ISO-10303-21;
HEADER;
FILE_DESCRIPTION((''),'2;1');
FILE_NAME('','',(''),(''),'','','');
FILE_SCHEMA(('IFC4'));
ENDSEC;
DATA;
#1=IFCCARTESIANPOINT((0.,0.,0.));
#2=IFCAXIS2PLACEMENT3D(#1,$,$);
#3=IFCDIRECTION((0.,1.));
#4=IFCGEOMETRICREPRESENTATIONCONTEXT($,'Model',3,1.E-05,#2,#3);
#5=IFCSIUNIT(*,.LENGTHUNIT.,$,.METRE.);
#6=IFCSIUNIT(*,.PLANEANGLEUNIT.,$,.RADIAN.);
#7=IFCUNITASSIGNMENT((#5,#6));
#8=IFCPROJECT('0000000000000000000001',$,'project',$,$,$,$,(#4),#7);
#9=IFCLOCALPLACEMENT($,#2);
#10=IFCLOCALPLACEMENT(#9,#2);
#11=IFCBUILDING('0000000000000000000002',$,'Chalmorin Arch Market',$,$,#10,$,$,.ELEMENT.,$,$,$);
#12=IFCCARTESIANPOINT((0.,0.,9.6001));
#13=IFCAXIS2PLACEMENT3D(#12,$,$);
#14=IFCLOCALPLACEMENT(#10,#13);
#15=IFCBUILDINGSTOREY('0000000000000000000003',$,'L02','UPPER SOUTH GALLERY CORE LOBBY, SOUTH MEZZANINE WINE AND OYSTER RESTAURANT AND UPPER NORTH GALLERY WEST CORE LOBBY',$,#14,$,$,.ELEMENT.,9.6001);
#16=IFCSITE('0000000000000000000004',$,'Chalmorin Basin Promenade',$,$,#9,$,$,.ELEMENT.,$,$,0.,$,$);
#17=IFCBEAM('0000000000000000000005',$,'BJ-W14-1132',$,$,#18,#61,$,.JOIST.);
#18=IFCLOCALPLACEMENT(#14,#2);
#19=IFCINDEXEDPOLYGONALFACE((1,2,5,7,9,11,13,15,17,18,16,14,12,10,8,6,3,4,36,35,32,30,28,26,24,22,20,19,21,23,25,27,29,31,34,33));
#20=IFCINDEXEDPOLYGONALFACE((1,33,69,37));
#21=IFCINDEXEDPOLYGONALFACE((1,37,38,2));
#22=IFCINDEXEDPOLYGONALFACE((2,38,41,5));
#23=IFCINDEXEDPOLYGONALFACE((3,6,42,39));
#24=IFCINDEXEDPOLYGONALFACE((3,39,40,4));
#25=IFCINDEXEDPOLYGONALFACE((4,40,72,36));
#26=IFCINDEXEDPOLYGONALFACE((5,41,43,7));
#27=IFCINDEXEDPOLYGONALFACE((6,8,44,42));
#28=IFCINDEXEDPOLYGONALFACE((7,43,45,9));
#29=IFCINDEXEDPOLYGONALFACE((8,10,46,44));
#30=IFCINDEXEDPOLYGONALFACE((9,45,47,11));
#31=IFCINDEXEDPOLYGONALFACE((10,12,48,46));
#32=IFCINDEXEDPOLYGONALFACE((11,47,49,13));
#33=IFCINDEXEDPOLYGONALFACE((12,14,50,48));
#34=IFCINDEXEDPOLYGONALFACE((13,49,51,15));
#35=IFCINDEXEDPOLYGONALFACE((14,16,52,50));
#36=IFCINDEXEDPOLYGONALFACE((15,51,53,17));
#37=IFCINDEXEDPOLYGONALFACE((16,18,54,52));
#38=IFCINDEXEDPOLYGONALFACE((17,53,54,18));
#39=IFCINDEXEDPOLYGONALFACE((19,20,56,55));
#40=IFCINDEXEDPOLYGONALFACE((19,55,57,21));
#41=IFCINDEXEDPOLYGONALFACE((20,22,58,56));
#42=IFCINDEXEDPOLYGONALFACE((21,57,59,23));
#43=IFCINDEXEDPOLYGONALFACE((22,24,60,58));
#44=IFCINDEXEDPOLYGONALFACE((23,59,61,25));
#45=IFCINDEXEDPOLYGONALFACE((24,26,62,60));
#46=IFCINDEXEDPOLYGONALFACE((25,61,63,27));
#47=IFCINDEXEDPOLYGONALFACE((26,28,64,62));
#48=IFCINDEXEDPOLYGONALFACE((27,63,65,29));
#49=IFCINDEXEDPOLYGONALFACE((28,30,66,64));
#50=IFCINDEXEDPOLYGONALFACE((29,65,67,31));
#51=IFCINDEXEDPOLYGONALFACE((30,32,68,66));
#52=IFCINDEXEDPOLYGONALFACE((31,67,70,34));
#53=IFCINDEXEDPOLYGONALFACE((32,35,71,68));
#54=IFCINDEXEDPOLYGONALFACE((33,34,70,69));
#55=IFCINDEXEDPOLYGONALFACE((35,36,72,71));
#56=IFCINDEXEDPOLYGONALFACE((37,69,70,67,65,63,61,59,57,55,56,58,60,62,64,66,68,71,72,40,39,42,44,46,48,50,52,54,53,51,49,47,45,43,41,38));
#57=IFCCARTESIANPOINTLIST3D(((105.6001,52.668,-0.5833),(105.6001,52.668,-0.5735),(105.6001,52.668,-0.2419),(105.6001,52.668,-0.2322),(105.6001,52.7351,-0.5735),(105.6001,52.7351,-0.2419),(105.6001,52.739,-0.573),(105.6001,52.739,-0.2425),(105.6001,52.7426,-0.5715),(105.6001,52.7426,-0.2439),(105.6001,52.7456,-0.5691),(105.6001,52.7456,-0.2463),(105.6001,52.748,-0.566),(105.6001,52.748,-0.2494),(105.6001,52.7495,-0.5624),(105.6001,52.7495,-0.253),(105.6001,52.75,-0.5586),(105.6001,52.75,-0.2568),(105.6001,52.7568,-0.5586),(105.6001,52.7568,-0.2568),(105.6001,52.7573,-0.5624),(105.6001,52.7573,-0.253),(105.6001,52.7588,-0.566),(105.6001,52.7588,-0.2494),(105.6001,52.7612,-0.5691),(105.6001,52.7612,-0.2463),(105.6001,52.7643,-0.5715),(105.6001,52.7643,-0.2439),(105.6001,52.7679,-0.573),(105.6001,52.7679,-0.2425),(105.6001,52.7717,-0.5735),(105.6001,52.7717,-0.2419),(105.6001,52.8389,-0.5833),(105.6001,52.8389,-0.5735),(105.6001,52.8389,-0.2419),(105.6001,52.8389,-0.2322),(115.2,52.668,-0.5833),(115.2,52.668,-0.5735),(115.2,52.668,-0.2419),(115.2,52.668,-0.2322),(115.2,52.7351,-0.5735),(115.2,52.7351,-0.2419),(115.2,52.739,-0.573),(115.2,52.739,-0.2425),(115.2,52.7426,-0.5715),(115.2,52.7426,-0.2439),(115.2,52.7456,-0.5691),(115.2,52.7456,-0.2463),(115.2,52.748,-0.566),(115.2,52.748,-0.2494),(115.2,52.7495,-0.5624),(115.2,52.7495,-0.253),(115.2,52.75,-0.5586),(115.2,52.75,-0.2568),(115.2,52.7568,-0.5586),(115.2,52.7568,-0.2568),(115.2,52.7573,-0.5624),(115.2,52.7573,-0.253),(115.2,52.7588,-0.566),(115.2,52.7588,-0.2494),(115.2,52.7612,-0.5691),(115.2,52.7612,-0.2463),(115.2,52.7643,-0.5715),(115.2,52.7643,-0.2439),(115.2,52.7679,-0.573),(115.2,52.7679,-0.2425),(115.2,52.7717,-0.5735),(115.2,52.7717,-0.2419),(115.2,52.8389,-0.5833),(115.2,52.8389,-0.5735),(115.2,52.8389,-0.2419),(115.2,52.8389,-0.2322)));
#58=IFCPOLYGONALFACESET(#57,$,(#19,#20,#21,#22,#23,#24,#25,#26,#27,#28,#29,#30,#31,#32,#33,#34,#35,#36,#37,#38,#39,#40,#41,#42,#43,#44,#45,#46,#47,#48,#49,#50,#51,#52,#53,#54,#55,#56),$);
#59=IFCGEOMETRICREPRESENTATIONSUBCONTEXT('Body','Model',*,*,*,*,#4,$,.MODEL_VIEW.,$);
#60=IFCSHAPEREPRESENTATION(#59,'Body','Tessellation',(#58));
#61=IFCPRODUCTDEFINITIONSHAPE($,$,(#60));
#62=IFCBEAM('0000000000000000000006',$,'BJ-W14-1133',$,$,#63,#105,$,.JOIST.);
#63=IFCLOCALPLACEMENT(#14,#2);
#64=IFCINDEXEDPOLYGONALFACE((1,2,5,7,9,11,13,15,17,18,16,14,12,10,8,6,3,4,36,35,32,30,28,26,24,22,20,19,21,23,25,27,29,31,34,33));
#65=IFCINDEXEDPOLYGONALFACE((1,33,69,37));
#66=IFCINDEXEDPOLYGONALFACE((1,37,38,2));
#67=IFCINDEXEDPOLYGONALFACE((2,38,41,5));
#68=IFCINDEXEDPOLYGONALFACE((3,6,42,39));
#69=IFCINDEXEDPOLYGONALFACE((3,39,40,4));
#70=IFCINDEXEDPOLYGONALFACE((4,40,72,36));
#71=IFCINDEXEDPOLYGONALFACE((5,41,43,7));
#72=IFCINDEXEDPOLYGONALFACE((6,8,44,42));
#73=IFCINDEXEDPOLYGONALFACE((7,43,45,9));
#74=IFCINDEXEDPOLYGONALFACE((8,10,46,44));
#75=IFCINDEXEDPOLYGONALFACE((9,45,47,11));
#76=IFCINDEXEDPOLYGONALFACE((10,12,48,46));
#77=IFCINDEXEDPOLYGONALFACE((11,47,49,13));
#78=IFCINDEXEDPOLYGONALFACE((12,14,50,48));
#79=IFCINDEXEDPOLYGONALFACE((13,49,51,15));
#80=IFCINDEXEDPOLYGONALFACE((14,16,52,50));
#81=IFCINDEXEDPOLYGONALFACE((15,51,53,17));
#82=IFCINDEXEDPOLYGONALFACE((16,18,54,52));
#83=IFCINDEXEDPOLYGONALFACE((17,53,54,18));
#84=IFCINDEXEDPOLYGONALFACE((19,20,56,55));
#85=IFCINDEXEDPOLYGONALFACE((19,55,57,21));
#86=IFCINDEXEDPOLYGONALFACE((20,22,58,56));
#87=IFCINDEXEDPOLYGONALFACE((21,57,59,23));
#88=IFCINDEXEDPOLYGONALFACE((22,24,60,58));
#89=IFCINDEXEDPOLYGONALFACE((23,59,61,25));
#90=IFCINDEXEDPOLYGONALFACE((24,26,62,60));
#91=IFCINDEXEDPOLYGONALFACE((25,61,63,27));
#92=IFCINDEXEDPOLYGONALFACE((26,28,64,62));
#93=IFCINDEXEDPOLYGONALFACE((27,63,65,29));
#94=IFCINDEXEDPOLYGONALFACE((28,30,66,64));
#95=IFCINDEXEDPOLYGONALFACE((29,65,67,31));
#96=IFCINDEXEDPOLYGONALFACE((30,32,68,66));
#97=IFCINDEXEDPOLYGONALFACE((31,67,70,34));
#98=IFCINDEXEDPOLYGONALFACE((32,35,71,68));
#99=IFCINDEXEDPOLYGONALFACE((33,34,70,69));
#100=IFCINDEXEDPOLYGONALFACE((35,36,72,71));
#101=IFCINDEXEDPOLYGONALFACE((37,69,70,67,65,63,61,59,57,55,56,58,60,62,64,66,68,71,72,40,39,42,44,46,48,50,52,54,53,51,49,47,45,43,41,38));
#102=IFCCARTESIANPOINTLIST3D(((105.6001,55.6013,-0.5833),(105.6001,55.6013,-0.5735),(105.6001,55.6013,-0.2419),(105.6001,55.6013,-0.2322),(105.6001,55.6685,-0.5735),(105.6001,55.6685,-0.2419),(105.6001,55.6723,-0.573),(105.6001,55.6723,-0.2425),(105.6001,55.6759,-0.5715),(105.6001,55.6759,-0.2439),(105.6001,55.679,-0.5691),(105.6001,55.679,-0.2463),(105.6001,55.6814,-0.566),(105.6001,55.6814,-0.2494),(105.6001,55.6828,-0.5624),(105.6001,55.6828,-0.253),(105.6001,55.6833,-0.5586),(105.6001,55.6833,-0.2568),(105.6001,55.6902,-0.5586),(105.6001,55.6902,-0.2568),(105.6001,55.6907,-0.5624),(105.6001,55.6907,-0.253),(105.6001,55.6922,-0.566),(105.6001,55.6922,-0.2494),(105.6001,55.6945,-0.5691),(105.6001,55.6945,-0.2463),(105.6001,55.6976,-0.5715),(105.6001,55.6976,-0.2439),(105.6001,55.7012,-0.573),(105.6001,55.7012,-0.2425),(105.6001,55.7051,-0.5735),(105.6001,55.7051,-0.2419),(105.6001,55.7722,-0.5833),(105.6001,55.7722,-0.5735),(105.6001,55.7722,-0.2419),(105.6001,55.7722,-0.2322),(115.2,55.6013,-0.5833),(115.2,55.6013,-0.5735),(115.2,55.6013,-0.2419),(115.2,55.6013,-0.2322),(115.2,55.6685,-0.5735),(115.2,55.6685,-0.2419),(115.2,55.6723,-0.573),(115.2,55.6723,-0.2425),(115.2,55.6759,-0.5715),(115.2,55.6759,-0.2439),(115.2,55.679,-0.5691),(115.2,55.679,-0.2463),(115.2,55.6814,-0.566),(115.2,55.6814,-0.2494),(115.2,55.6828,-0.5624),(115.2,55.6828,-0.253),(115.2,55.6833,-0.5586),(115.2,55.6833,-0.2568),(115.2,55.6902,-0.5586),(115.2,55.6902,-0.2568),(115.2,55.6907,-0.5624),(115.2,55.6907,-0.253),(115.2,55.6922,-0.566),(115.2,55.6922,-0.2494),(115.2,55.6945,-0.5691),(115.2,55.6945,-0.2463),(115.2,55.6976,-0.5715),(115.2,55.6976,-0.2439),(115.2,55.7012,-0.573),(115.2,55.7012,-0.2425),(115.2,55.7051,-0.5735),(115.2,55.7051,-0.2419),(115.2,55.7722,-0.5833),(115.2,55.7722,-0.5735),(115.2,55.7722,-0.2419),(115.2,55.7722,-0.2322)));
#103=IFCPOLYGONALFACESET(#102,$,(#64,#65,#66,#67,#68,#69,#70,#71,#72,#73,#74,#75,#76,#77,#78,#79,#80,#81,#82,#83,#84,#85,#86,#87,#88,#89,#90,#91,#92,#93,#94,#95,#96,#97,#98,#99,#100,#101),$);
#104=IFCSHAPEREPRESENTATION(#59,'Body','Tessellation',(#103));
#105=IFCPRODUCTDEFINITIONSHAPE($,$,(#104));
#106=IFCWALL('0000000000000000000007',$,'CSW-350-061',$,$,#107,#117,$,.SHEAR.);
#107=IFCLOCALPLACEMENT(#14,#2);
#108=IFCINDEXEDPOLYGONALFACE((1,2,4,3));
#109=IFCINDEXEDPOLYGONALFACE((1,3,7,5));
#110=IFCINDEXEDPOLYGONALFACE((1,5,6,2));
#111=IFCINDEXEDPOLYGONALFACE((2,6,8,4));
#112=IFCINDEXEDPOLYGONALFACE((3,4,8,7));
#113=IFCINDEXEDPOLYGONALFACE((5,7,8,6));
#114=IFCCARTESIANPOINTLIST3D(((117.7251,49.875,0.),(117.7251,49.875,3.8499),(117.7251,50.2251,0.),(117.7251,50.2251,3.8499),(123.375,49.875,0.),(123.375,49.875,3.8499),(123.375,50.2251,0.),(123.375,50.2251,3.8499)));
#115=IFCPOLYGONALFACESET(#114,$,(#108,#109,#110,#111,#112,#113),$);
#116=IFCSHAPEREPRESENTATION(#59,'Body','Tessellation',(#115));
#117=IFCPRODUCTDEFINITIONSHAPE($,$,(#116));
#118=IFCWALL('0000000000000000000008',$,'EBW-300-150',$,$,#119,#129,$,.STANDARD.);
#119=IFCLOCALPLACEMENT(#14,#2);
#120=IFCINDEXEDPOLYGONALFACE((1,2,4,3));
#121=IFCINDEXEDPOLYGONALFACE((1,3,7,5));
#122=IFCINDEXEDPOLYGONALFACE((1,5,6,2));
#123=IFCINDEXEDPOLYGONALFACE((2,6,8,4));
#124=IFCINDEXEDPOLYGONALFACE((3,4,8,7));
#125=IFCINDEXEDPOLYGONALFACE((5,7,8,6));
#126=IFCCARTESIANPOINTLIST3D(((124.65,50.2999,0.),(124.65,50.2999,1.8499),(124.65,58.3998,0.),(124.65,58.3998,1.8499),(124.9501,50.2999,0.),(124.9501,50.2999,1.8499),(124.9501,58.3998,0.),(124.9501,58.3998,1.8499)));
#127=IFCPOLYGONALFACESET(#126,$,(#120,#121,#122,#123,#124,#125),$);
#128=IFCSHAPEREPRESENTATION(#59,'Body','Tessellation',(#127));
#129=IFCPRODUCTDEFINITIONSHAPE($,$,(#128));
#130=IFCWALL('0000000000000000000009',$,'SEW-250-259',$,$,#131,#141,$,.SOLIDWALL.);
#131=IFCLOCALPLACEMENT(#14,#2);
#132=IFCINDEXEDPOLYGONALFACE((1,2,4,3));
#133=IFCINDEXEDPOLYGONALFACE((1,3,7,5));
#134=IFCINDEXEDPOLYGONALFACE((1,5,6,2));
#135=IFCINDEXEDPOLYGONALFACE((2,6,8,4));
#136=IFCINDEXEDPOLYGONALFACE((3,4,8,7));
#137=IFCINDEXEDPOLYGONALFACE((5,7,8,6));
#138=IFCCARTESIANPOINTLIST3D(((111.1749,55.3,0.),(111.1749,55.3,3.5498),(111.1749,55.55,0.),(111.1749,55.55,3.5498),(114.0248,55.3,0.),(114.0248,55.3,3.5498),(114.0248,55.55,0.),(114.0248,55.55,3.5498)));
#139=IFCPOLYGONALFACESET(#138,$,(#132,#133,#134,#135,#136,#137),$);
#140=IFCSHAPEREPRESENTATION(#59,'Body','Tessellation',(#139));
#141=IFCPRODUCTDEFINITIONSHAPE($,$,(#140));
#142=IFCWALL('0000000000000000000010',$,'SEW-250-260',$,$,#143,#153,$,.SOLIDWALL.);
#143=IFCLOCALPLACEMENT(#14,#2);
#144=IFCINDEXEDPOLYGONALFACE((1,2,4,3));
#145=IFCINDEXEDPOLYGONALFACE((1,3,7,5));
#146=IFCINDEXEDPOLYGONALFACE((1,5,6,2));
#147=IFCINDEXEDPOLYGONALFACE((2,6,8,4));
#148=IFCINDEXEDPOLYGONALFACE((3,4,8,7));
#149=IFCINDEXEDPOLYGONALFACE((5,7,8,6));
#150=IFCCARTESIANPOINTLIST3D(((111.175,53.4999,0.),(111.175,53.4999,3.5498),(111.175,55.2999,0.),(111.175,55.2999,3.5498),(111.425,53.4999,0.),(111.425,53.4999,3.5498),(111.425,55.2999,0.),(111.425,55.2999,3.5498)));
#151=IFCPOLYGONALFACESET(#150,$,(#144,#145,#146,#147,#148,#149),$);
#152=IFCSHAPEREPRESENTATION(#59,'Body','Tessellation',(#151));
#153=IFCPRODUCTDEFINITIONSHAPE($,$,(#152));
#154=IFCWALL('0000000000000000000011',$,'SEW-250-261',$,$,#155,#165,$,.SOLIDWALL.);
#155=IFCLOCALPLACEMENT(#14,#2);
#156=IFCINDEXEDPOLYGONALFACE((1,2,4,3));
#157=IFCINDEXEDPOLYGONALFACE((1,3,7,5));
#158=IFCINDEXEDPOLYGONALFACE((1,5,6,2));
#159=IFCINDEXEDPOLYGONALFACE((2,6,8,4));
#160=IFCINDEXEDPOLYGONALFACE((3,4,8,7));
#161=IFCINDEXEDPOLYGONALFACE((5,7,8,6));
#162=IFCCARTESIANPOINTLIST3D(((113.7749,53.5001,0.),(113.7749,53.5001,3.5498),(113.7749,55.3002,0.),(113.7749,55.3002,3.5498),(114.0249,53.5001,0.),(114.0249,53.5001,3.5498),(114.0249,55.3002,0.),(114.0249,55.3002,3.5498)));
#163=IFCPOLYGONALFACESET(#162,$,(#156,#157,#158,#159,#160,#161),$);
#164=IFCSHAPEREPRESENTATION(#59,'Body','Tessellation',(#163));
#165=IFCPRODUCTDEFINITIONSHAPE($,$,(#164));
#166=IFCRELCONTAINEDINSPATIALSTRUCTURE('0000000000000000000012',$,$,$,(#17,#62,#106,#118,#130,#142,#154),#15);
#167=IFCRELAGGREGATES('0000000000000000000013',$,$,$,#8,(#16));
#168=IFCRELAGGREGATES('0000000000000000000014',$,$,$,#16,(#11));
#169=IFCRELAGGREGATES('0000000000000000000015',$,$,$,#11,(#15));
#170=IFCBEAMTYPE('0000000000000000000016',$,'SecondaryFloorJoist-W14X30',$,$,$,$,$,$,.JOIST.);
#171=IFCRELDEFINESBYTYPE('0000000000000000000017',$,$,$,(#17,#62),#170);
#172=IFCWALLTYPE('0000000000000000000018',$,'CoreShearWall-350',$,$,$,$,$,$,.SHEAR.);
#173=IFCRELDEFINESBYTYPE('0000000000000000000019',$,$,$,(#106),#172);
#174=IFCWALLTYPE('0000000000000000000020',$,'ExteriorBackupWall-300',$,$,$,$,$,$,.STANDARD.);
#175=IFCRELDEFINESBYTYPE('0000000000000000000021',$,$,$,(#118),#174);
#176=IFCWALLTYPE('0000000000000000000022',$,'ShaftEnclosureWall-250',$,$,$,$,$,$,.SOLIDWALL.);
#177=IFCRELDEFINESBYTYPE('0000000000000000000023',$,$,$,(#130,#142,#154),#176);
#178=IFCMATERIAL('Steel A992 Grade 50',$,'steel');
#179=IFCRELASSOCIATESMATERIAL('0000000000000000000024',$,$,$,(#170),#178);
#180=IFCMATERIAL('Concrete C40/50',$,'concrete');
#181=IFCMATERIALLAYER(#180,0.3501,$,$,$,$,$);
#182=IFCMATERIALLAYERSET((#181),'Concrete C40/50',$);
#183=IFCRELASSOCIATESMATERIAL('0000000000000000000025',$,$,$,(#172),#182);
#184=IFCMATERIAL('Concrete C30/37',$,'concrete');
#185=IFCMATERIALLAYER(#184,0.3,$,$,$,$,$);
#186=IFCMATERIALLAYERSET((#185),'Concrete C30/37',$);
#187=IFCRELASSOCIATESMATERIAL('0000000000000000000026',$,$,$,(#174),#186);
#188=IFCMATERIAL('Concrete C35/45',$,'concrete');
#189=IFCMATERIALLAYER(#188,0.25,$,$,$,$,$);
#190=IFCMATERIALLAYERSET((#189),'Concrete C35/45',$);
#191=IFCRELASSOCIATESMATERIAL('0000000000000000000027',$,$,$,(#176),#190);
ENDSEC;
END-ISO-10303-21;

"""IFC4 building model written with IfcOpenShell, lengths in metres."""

from ifc_helpers import new_model, si_unit, direction, frame, frame_2d, origin, origin_2d, place, context, subcontext, project, spatial, rectangle, i_section, extrude, material, layer, layer_set, material_profile, profile_set, type_object, element, save


model = new_model("IFC4")

# Units and contexts
model_context = context("Model", 3, precision=1e-05, world=origin(), true_north=direction((0.0, 1.0)))
body_context = subcontext(model_context, "Body", "Model", "MODEL_VIEW")
ifc_project = project(units=[si_unit("LENGTHUNIT", "METRE"), si_unit("PLANEANGLEUNIT", "RADIAN")], contexts=[model_context])

# Site, building, storey
site_placement = place(None, origin())
site = spatial("IfcSite", under=ifc_project, at=site_placement, Name="Chalmorin Basin Promenade", CompositionType="ELEMENT", RefElevation=0.0)
building_placement = place(site_placement, origin())
building = spatial("IfcBuilding", under=site, at=building_placement, Name="Chalmorin Arch Market", CompositionType="ELEMENT")
storey_placement = place(building_placement, frame((0.0, 0.0, 9.6001)))
storey = spatial("IfcBuildingStorey", under=building, at=storey_placement, Name="L02", Description="UPPER SOUTH GALLERY CORE LOBBY, SOUTH MEZZANINE WINE AND OYSTER RESTAURANT AND UPPER NORTH GALLERY WEST CORE LOBBY", CompositionType="ELEMENT", Elevation=9.6001)

# Shared definitions
ifc_material_1 = material(Name="Concrete C40/50", Category="concrete")

# Beams
ifc_material_2 = material(Name="Steel A992 Grade 50", Category="steel")
ifc_material_profile_1 = material_profile(ifc_material_2, i_section(OverallWidth=0.1709, OverallDepth=0.3511, WebThickness=0.0068, FlangeThickness=0.0098, FilletRadius=0.0149, at=origin_2d()), Name="W14X30")
ifc_profile_set_1 = profile_set([ifc_material_profile_1], Name="Steel A992 Grade 50")
beam_type_1 = type_object("IfcBeamType", Name="SecondaryFloorJoist-W14X30", PredefinedType="JOIST", material=ifc_profile_set_1)
for number, where, z_axis, x_axis, name in (
    (1, (105.6001, 52.7534, -0.4077), (1.0, 0.0, 0.0), (0.0, 1.0, 0.0), "BJ-W14-1132"),
    (2, (105.6001, 55.6868, -0.4077), (1.0, 0.0, 0.0), (0.0, 1.0, 0.0), "BJ-W14-1133"),
):
    element("IfcBeam", number, at=place(storey_placement, frame(where, z_axis=z_axis, x_axis=x_axis)), inside=storey, type_object=beam_type_1, Name=name, PredefinedType="JOIST", context=body_context, shape_type="SweptSolid", body=[
        extrude(i_section(OverallWidth=0.1709, OverallDepth=0.3511, WebThickness=0.0068, FlangeThickness=0.0098, FilletRadius=0.0149, at=origin_2d()), origin(), (0.0, 0.0, 1.0), 9.5999),
    ])

# Wall
ifc_layer_1 = layer(ifc_material_1, 0.3501)
ifc_layer_set_1 = layer_set([ifc_layer_1], Name="Concrete C40/50")
wall_type_1 = type_object("IfcWallType", Name="CoreShearWall-350", PredefinedType="SHEAR", material=ifc_layer_set_1)
wall_1_placement = place(storey_placement, frame((123.375, 50.05, 0.0), z_axis=(0.0, 0.0, 1.0), x_axis=(-1.0, 0.0, 0.0)))
element("IfcWall", 3, at=wall_1_placement, inside=storey, type_object=wall_type_1, Name="CSW-350-061", PredefinedType="SHEAR", context=body_context, shape_type="SweptSolid", body=[
    extrude(rectangle(XDim=5.6499, YDim=0.3501, at=frame_2d((2.825, 0.0))), origin(), (0.0, 0.0, 1.0), 3.8499),
])

# Wall
ifc_material_3 = material(Name="Concrete C30/37", Category="concrete")
ifc_layer_2 = layer(ifc_material_3, 0.3)
ifc_layer_set_2 = layer_set([ifc_layer_2], Name="Concrete C30/37")
wall_type_2 = type_object("IfcWallType", Name="ExteriorBackupWall-300", PredefinedType="STANDARD", material=ifc_layer_set_2)
wall_2_placement = place(storey_placement, frame((124.8, 50.3, 0.0), z_axis=(0.0, 0.0, 1.0), x_axis=(0.0, 1.0, 0.0)))
element("IfcWall", 4, at=wall_2_placement, inside=storey, type_object=wall_type_2, Name="EBW-300-150", PredefinedType="STANDARD", context=body_context, shape_type="SweptSolid", body=[
    extrude(rectangle(XDim=8.0999, YDim=0.3, at=frame_2d((4.0498, 0.0))), origin(), (0.0, 0.0, 1.0), 1.8499),
])

# Shared definitions
ifc_material_4 = material(Name="Concrete C35/45", Category="concrete")
ifc_layer_3 = layer(ifc_material_4, 0.25)
ifc_layer_set_3 = layer_set([ifc_layer_3], Name="Concrete C35/45")
wall_type_3 = type_object("IfcWallType", Name="ShaftEnclosureWall-250", PredefinedType="SOLIDWALL", material=ifc_layer_set_3)

# Walls
wall_3_placement = place(storey_placement, frame((111.175, 55.425, 0.0), z_axis=(0.0, 0.0, 1.0), x_axis=(1.0, 0.0, 0.0)))
element("IfcWall", 5, at=wall_3_placement, inside=storey, type_object=wall_type_3, Name="SEW-250-259", PredefinedType="SOLIDWALL", context=body_context, shape_type="SweptSolid", body=[
    extrude(rectangle(XDim=2.8499, YDim=0.25, at=frame_2d((1.4248, 0.0))), origin(), (0.0, 0.0, 1.0), 3.5498),
])
for number, where, z_axis, x_axis, name in (
    (6, (111.3, 53.5, 0.0), (0.0, 0.0, 1.0), (0.0, 1.0, 0.0), "SEW-250-260"),
    (7, (113.8999, 55.3, 0.0), (0.0, 0.0, 1.0), (0.0, -1.0, 0.0), "SEW-250-261"),
):
    element("IfcWall", number, at=place(storey_placement, frame(where, z_axis=z_axis, x_axis=x_axis)), inside=storey, type_object=wall_type_3, Name=name, PredefinedType="SOLIDWALL", context=body_context, shape_type="SweptSolid", body=[
        extrude(rectangle(XDim=1.8, YDim=0.25, at=frame_2d((0.8999, 0.0))), origin(), (0.0, 0.0, 1.0), 3.5498),
    ])

save(model, "model.ifc")
